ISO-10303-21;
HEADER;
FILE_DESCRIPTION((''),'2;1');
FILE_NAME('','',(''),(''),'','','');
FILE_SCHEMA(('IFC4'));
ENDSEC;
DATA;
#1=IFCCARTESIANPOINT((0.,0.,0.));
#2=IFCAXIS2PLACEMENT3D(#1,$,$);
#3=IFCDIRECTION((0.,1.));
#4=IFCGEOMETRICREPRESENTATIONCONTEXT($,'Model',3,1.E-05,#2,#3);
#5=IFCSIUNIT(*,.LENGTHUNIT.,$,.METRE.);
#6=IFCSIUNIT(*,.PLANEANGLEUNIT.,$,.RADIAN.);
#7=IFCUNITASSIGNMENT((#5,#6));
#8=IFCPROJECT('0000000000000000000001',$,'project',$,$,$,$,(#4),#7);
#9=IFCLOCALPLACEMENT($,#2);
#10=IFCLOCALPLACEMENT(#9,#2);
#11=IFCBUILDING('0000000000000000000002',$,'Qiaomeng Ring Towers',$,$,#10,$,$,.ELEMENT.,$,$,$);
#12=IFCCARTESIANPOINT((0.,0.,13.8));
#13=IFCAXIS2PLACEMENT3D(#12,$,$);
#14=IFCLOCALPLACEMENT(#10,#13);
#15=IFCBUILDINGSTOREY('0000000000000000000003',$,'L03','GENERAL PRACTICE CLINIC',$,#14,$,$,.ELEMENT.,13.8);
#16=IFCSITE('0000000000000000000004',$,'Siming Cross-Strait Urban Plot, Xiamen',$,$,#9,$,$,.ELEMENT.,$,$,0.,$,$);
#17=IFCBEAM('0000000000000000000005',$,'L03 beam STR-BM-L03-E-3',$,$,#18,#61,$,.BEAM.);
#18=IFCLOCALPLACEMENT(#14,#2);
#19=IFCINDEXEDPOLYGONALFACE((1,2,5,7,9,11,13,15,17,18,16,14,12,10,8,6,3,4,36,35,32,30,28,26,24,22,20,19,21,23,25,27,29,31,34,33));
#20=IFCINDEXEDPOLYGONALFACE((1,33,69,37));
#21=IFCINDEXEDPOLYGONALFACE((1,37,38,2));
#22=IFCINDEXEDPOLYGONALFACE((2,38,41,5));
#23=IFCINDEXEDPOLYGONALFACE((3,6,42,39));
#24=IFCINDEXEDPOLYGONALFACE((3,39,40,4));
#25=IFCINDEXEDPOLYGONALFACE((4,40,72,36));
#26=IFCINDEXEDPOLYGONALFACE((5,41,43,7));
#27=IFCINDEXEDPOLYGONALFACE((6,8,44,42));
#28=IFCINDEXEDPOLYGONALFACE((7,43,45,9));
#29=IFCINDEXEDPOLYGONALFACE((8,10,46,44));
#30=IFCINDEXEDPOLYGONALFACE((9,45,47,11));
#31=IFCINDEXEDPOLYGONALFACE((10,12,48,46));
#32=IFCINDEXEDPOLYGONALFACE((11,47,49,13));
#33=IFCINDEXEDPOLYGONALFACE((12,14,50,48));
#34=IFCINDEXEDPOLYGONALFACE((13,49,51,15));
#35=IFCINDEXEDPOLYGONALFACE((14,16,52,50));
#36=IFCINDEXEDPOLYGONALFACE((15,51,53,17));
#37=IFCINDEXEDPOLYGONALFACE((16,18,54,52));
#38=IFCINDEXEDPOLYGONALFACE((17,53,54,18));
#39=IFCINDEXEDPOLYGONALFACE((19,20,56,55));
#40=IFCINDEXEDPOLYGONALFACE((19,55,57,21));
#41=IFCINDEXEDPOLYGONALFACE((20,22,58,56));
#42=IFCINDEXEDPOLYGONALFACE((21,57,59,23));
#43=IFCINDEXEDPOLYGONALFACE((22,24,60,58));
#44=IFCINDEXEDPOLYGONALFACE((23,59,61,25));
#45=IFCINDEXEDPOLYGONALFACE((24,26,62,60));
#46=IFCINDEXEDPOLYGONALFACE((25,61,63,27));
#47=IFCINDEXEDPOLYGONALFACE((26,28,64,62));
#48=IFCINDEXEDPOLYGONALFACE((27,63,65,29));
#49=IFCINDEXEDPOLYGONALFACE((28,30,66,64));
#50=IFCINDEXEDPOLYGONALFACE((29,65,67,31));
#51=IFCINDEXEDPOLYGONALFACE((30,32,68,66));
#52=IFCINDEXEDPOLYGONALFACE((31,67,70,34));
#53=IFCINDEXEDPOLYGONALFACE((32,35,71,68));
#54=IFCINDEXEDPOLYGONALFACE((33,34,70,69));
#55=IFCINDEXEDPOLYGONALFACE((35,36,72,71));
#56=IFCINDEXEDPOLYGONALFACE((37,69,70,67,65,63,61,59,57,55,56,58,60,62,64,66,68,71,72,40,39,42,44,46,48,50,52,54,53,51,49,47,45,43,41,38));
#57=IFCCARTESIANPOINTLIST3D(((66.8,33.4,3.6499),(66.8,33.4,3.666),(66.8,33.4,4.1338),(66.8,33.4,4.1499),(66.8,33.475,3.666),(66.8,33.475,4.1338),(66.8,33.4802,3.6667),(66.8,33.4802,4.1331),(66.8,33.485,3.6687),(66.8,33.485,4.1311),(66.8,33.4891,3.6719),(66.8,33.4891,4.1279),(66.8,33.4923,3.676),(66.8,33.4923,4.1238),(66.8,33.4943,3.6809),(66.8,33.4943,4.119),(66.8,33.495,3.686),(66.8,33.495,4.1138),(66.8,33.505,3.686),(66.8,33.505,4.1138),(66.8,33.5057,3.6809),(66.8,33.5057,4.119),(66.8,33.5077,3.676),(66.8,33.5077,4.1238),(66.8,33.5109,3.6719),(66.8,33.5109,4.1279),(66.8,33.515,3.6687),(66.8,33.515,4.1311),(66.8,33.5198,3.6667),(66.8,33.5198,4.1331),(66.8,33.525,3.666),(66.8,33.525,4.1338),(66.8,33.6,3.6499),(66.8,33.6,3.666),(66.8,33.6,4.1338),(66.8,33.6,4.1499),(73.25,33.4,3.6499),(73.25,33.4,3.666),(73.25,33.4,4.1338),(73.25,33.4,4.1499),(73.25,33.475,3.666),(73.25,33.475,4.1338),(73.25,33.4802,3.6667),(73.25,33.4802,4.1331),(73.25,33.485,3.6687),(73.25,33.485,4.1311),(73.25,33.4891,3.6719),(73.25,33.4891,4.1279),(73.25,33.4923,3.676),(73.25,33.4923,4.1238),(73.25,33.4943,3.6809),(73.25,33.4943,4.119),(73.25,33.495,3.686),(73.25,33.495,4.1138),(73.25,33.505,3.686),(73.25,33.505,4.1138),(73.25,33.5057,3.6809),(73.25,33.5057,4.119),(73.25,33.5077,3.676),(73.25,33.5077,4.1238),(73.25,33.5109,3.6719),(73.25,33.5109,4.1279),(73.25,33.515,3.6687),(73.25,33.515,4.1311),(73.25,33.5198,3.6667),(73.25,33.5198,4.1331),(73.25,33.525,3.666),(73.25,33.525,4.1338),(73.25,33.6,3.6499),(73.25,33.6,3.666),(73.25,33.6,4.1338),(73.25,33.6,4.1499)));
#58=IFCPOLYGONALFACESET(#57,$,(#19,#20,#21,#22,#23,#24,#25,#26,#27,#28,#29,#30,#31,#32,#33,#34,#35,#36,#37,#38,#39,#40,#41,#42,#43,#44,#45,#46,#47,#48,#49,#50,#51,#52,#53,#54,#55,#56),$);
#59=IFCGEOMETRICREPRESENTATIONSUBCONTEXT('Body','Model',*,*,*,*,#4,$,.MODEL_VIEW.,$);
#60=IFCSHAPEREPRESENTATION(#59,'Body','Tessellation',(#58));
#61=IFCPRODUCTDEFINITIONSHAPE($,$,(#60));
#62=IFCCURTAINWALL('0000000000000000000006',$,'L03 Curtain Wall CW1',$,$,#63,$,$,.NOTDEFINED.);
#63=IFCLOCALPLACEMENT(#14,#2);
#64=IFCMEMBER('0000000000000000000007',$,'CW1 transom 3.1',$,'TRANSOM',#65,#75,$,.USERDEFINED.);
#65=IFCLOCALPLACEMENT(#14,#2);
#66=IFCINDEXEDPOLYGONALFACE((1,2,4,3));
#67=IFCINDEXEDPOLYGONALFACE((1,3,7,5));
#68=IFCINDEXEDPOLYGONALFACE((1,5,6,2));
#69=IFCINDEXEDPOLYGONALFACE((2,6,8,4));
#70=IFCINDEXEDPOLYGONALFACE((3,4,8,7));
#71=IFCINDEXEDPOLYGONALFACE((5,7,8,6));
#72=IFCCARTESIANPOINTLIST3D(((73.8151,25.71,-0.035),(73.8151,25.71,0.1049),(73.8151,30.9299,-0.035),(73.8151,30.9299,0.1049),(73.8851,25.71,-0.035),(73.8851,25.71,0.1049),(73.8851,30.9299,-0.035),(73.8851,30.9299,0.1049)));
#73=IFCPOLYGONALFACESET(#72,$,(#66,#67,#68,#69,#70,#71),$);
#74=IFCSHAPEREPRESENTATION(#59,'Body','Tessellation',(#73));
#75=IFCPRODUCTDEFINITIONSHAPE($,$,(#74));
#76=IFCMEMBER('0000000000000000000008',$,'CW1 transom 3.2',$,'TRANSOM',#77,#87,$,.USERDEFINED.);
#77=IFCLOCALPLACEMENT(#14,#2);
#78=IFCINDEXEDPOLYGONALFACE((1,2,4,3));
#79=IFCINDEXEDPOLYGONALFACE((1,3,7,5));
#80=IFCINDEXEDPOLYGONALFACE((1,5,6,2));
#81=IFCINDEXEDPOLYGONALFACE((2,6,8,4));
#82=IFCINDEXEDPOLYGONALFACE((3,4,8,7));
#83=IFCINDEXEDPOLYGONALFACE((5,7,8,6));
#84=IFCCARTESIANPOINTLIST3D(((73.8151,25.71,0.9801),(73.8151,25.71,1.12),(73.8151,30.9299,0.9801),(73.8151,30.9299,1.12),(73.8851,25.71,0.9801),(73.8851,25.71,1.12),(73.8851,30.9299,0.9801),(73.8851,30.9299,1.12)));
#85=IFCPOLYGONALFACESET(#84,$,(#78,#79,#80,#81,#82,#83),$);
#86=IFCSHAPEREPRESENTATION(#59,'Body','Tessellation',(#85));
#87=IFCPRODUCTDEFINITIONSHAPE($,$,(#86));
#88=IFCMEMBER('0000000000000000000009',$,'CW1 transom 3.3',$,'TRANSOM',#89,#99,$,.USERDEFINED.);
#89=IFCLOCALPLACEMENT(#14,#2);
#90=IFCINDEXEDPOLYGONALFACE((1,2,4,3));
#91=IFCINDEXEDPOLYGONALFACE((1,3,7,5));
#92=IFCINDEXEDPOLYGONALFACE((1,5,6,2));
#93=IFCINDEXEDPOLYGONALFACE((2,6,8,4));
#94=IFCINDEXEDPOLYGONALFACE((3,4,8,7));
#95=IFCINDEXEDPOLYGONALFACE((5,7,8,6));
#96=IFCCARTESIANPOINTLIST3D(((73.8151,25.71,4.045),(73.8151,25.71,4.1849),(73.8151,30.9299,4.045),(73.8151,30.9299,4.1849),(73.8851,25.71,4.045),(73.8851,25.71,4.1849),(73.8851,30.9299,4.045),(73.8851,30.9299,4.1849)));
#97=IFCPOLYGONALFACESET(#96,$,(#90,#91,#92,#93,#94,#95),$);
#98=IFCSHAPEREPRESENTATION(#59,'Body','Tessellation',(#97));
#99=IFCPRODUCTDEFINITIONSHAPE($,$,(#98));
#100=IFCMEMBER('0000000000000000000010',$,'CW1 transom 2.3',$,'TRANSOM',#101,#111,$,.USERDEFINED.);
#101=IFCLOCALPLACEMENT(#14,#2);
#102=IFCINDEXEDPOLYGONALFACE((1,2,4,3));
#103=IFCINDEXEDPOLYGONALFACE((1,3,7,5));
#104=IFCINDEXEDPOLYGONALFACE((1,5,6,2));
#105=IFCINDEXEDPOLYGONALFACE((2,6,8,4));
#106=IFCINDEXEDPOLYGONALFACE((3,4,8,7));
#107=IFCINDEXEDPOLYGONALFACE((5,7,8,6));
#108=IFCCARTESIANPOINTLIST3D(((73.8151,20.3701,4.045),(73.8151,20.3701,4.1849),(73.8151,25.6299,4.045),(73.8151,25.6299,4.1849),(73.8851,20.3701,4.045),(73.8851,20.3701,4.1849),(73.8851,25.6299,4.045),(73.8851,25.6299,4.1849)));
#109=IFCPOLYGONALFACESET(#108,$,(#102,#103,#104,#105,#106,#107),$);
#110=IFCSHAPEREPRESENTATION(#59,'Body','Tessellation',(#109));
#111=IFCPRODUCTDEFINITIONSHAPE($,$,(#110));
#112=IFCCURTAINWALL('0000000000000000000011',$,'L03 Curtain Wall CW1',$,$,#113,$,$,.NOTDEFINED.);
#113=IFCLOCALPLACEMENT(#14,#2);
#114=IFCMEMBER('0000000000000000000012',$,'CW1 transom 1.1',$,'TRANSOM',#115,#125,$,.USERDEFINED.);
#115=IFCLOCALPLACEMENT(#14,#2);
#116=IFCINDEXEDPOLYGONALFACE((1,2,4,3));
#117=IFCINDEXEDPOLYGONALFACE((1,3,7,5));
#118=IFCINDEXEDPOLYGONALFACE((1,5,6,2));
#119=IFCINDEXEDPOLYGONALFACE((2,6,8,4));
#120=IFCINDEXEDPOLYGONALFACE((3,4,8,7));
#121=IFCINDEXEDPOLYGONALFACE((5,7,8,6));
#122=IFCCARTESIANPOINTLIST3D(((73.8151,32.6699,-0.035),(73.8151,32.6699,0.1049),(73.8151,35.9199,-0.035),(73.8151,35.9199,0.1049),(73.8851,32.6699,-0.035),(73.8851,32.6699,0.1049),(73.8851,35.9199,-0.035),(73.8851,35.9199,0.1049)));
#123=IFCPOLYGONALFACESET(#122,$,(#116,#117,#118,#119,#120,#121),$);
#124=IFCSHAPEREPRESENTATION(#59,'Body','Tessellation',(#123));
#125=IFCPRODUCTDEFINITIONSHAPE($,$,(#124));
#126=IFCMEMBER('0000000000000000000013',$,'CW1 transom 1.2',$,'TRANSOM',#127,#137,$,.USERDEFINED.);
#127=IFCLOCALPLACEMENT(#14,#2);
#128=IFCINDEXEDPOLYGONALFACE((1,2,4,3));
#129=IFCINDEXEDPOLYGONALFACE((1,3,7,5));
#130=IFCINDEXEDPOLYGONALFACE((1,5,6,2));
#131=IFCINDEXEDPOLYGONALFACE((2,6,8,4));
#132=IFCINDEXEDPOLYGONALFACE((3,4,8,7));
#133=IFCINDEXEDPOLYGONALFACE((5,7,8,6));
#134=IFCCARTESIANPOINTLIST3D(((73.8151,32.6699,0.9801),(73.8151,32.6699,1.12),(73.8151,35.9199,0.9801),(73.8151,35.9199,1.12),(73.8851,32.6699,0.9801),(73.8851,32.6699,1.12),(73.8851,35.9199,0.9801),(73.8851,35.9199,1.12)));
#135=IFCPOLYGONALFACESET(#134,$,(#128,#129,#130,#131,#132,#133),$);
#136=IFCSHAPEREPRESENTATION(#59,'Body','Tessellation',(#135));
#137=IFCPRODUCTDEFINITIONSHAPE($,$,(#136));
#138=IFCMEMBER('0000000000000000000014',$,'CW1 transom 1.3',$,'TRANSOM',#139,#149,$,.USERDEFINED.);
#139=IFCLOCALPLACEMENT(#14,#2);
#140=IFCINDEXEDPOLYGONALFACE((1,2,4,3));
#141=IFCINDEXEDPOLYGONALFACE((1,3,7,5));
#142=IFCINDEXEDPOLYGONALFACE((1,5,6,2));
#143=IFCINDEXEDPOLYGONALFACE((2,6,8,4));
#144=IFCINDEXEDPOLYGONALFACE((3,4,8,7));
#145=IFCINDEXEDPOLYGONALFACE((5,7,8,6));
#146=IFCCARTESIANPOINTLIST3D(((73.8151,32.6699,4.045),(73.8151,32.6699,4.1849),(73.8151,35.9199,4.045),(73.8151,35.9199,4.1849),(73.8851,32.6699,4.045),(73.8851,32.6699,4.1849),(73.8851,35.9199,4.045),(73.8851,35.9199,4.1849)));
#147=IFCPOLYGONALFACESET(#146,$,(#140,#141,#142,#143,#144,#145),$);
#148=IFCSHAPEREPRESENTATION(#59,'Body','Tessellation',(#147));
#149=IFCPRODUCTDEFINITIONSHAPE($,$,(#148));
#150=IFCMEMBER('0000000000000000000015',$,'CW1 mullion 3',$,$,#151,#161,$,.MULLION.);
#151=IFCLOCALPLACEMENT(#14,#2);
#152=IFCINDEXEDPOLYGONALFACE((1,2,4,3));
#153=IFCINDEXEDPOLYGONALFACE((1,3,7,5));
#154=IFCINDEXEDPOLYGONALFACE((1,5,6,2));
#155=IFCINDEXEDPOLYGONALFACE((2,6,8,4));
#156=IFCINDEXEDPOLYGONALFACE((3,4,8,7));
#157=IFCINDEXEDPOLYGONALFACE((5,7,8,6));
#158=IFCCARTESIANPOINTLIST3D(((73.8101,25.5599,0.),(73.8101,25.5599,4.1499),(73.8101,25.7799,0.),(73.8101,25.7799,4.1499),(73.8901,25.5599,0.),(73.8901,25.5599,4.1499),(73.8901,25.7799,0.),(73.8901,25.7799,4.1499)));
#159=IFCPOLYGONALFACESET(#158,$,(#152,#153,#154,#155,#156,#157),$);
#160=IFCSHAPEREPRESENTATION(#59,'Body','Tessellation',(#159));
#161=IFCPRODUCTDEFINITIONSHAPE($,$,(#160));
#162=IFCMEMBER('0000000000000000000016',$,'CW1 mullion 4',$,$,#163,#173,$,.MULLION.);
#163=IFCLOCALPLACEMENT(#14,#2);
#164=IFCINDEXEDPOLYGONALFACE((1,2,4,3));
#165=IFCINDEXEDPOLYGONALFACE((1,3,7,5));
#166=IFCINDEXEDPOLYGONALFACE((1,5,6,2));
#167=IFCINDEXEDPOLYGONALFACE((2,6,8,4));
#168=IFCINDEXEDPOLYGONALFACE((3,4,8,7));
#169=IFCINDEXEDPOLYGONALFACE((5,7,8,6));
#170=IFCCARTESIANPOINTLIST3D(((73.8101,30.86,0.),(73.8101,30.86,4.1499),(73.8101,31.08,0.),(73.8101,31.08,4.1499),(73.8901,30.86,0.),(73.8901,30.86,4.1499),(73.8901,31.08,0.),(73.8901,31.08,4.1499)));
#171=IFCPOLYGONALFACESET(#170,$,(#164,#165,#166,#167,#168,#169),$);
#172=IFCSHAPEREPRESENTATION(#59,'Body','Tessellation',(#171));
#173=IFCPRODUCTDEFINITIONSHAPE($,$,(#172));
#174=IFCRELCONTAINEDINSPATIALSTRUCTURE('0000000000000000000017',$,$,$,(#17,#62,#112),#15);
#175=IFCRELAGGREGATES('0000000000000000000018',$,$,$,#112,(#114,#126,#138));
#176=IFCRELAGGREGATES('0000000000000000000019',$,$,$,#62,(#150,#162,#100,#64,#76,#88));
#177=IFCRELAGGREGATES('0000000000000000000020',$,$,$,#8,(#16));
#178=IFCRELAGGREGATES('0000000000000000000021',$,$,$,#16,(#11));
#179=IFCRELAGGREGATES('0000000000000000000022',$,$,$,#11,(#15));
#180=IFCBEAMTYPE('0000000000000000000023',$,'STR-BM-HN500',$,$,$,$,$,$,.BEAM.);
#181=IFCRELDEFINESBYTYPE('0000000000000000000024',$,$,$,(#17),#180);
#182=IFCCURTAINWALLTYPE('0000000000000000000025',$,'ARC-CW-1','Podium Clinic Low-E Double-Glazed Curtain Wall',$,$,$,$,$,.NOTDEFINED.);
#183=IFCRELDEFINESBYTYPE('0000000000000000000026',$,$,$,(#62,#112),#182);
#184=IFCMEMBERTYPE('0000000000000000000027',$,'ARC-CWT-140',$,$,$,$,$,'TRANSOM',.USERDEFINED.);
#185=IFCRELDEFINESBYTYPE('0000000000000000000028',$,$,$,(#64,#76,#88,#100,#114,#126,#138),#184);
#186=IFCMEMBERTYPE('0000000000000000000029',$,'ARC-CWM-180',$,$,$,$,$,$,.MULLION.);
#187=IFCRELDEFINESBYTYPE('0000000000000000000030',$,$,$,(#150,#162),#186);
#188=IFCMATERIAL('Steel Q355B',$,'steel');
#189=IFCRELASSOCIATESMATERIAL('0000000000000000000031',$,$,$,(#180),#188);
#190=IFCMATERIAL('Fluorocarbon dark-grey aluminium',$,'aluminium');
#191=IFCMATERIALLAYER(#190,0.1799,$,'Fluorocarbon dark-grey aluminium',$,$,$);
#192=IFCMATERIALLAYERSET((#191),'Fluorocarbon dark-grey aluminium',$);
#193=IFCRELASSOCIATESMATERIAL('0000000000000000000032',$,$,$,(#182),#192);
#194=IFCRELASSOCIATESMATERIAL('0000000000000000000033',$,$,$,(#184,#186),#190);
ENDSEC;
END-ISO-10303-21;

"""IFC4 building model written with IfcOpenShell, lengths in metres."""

from ifc_helpers import new_model, si_unit, direction, frame, origin, origin_2d, place, context, subcontext, project, spatial, rectangle, i_section, extrude, source, transform, mapped, material, layer, layer_set, material_profile, profile_set, type_object, element, aggregate, save


model = new_model("IFC4")

# Units and contexts
model_context = context("Model", 3, precision=1e-05, world=origin(), true_north=direction((0.0, 1.0)))
body_context = subcontext(model_context, "Body", "Model", "MODEL_VIEW")
ifc_project = project(units=[si_unit("LENGTHUNIT", "METRE"), si_unit("PLANEANGLEUNIT", "RADIAN")], contexts=[model_context])

# Site, building, storey
site_placement = place(None, origin())
site = spatial("IfcSite", under=ifc_project, at=site_placement, Name="Siming Cross-Strait Urban Plot, Xiamen", CompositionType="ELEMENT", RefElevation=0.0)
building_placement = place(site_placement, origin())
building = spatial("IfcBuilding", under=site, at=building_placement, Name="Qiaomeng Ring Towers", CompositionType="ELEMENT")
storey_placement = place(building_placement, frame((0.0, 0.0, 13.8)))
storey = spatial("IfcBuildingStorey", under=building, at=storey_placement, Name="L03", Description="GENERAL PRACTICE CLINIC", CompositionType="ELEMENT", Elevation=13.8)

# Beam
ifc_material_1 = material(Name="Steel Q355B", Category="steel")
ifc_material_profile_1 = material_profile(ifc_material_1, i_section(OverallWidth=0.2, OverallDepth=0.5, WebThickness=0.01, FlangeThickness=0.0161, FilletRadius=0.02, at=origin_2d()), Name="HN 500x200x10x16")
ifc_profile_set_1 = profile_set([ifc_material_profile_1], Name="Steel Q355B")
beam_type = type_object("IfcBeamType", Name="STR-BM-HN500", PredefinedType="BEAM", material=ifc_profile_set_1)
shared_shape_1 = source(origin(), body_context, "Body", "SweptSolid", [
    extrude(i_section(OverallWidth=0.2, OverallDepth=0.5, WebThickness=0.01, FlangeThickness=0.0161, FilletRadius=0.02, at=origin_2d()), origin(), (0.0, 0.0, 1.0), 6.45),
])
for number, where, z_axis, x_axis, name in (
    (1, (66.8, 33.5, 3.8999), (1.0, 0.0, 0.0), (0.0, 1.0, 0.0), "L03 beam STR-BM-L03-E-3"),
):
    element("IfcBeam", number, at=place(storey_placement, frame(where, z_axis=z_axis, x_axis=x_axis)), inside=storey, type_object=beam_type, Name=name, PredefinedType="BEAM", context=body_context, shape_type="MappedRepresentation", body=[
        mapped(shared_shape_1, transform((0.0, 0.0, 0.0), x_axis=(1.0, 0.0, 0.0), y_axis=(0.0, 1.0, 0.0), z_axis=(0.0, 0.0, 1.0), scale=1.0)),
    ])

# Curtain walls, members
ifc_material_2 = material(Name="Fluorocarbon dark-grey aluminium", Category="aluminium")
ifc_layer_1 = layer(ifc_material_2, 0.1799, Name="Fluorocarbon dark-grey aluminium")
ifc_layer_set_1 = layer_set([ifc_layer_1], Name="Fluorocarbon dark-grey aluminium")
curtain_wall_type = type_object("IfcCurtainWallType", Name="ARC-CW-1", Description="Podium Clinic Low-E Double-Glazed Curtain Wall", PredefinedType="NOTDEFINED", material=ifc_layer_set_1)
curtain_wall_1_placement = place(storey_placement, origin())
curtain_wall_1 = element("IfcCurtainWall", 2, at=curtain_wall_1_placement, inside=storey, type_object=curtain_wall_type, Name="L03 Curtain Wall CW1", PredefinedType="NOTDEFINED")
ifc_material_profile_2 = material_profile(ifc_material_2, rectangle(XDim=0.0701, YDim=0.1399, at=origin_2d()), Name="ALU TRAN 70x140")
ifc_profile_set_2 = profile_set([ifc_material_profile_2], Name="Fluorocarbon dark-grey aluminium")
member_type_1 = type_object("IfcMemberType", Name="ARC-CWT-140", ElementType="TRANSOM", PredefinedType="USERDEFINED", material=ifc_profile_set_2)
shared_shape_2 = source(origin(), body_context, "Body", "SweptSolid", [
    extrude(rectangle(XDim=0.0701, YDim=0.1399, at=origin_2d()), origin(), (0.0, 0.0, 1.0), 5.22),
])
member_1_placement = place(storey_placement, frame((73.8501, 25.71, 0.0349), z_axis=(0.0, 1.0, 0.0), x_axis=(-1.0, 0.0, 0.0)))
member_1 = element("IfcMember", 3, at=member_1_placement, type_object=member_type_1, Name="CW1 transom 3.1", ObjectType="TRANSOM", PredefinedType="USERDEFINED", context=body_context, shape_type="MappedRepresentation", body=[
    mapped(shared_shape_2, transform((0.0, 0.0, 0.0), x_axis=(1.0, 0.0, 0.0), y_axis=(0.0, 1.0, 0.0), z_axis=(0.0, 0.0, 1.0), scale=1.0)),
])
member_2_placement = place(storey_placement, frame((73.8501, 25.71, 1.05), z_axis=(0.0, 1.0, 0.0), x_axis=(-1.0, 0.0, 0.0)))
member_2 = element("IfcMember", 4, at=member_2_placement, type_object=member_type_1, Name="CW1 transom 3.2", ObjectType="TRANSOM", PredefinedType="USERDEFINED", context=body_context, shape_type="MappedRepresentation", body=[
    mapped(shared_shape_2, transform((0.0, 0.0, 0.0), x_axis=(1.0, 0.0, 0.0), y_axis=(0.0, 1.0, 0.0), z_axis=(0.0, 0.0, 1.0), scale=1.0)),
])
member_3_placement = place(storey_placement, frame((73.8501, 25.71, 4.115), z_axis=(0.0, 1.0, 0.0), x_axis=(-1.0, 0.0, 0.0)))
member_3 = element("IfcMember", 5, at=member_3_placement, type_object=member_type_1, Name="CW1 transom 3.3", ObjectType="TRANSOM", PredefinedType="USERDEFINED", context=body_context, shape_type="MappedRepresentation", body=[
    mapped(shared_shape_2, transform((0.0, 0.0, 0.0), x_axis=(1.0, 0.0, 0.0), y_axis=(0.0, 1.0, 0.0), z_axis=(0.0, 0.0, 1.0), scale=1.0)),
])
shared_shape_3 = source(origin(), body_context, "Body", "SweptSolid", [
    extrude(rectangle(XDim=0.0701, YDim=0.1399, at=origin_2d()), origin(), (0.0, 0.0, 1.0), 5.2598),
])
member_4_placement = place(storey_placement, frame((73.8501, 20.3701, 4.115), z_axis=(0.0, 1.0, 0.0), x_axis=(-1.0, 0.0, 0.0)))
member_4 = element("IfcMember", 6, at=member_4_placement, type_object=member_type_1, Name="CW1 transom 2.3", ObjectType="TRANSOM", PredefinedType="USERDEFINED", context=body_context, shape_type="MappedRepresentation", body=[
    mapped(shared_shape_3, transform((0.0, 0.0, 0.0), x_axis=(1.0, 0.0, 0.0), y_axis=(0.0, 1.0, 0.0), z_axis=(0.0, 0.0, 1.0), scale=1.0)),
])
curtain_wall_2_placement = place(storey_placement, origin())
curtain_wall_2 = element("IfcCurtainWall", 7, at=curtain_wall_2_placement, inside=storey, type_object=curtain_wall_type, Name="L03 Curtain Wall CW1", PredefinedType="NOTDEFINED")
shared_shape_4 = source(origin(), body_context, "Body", "SweptSolid", [
    extrude(rectangle(XDim=0.0701, YDim=0.1399, at=origin_2d()), origin(), (0.0, 0.0, 1.0), 3.25),
])
member_5_placement = place(storey_placement, frame((73.8501, 32.6699, 0.0349), z_axis=(0.0, 1.0, 0.0), x_axis=(-1.0, 0.0, 0.0)))
member_5 = element("IfcMember", 8, at=member_5_placement, type_object=member_type_1, Name="CW1 transom 1.1", ObjectType="TRANSOM", PredefinedType="USERDEFINED", context=body_context, shape_type="MappedRepresentation", body=[
    mapped(shared_shape_4, transform((0.0, 0.0, 0.0), x_axis=(1.0, 0.0, 0.0), y_axis=(0.0, 1.0, 0.0), z_axis=(0.0, 0.0, 1.0), scale=1.0)),
])
member_6_placement = place(storey_placement, frame((73.8501, 32.6699, 1.05), z_axis=(0.0, 1.0, 0.0), x_axis=(-1.0, 0.0, 0.0)))
member_6 = element("IfcMember", 9, at=member_6_placement, type_object=member_type_1, Name="CW1 transom 1.2", ObjectType="TRANSOM", PredefinedType="USERDEFINED", context=body_context, shape_type="MappedRepresentation", body=[
    mapped(shared_shape_4, transform((0.0, 0.0, 0.0), x_axis=(1.0, 0.0, 0.0), y_axis=(0.0, 1.0, 0.0), z_axis=(0.0, 0.0, 1.0), scale=1.0)),
])
member_7_placement = place(storey_placement, frame((73.8501, 32.6699, 4.115), z_axis=(0.0, 1.0, 0.0), x_axis=(-1.0, 0.0, 0.0)))
member_7 = element("IfcMember", 10, at=member_7_placement, type_object=member_type_1, Name="CW1 transom 1.3", ObjectType="TRANSOM", PredefinedType="USERDEFINED", context=body_context, shape_type="MappedRepresentation", body=[
    mapped(shared_shape_4, transform((0.0, 0.0, 0.0), x_axis=(1.0, 0.0, 0.0), y_axis=(0.0, 1.0, 0.0), z_axis=(0.0, 0.0, 1.0), scale=1.0)),
])

# Members
ifc_material_profile_3 = material_profile(ifc_material_2, rectangle(XDim=0.0801, YDim=0.22, at=origin_2d()), Name="ALU MULL 80x220")
ifc_profile_set_3 = profile_set([ifc_material_profile_3], Name="Fluorocarbon dark-grey aluminium")
member_type_2 = type_object("IfcMemberType", Name="ARC-CWM-180", PredefinedType="MULLION", material=ifc_profile_set_3)
shared_shape_5 = source(origin(), body_context, "Body", "SweptSolid", [
    extrude(rectangle(XDim=0.0801, YDim=0.22, at=origin_2d()), origin(), (0.0, 0.0, 1.0), 4.1499),
])
member_8_placement = place(storey_placement, frame((73.8501, 25.6699, 0.0), z_axis=(0.0, 0.0, 1.0), x_axis=(-1.0, 0.0, 0.0)))
member_8 = element("IfcMember", 11, at=member_8_placement, type_object=member_type_2, Name="CW1 mullion 3", PredefinedType="MULLION", context=body_context, shape_type="MappedRepresentation", body=[
    mapped(shared_shape_5, transform((0.0, 0.0, 0.0), x_axis=(1.0, 0.0, 0.0), y_axis=(0.0, 1.0, 0.0), z_axis=(0.0, 0.0, 1.0), scale=1.0)),
])
member_9_placement = place(storey_placement, frame((73.8501, 30.97, 0.0), z_axis=(0.0, 0.0, 1.0), x_axis=(-1.0, 0.0, 0.0)))
member_9 = element("IfcMember", 12, at=member_9_placement, type_object=member_type_2, Name="CW1 mullion 4", PredefinedType="MULLION", context=body_context, shape_type="MappedRepresentation", body=[
    mapped(shared_shape_5, transform((0.0, 0.0, 0.0), x_axis=(1.0, 0.0, 0.0), y_axis=(0.0, 1.0, 0.0), z_axis=(0.0, 0.0, 1.0), scale=1.0)),
])

aggregate(curtain_wall_2, [member_5, member_6, member_7])
aggregate(curtain_wall_1, [member_8, member_9, member_4, member_1, member_2, member_3])

save(model, "model.ifc")
